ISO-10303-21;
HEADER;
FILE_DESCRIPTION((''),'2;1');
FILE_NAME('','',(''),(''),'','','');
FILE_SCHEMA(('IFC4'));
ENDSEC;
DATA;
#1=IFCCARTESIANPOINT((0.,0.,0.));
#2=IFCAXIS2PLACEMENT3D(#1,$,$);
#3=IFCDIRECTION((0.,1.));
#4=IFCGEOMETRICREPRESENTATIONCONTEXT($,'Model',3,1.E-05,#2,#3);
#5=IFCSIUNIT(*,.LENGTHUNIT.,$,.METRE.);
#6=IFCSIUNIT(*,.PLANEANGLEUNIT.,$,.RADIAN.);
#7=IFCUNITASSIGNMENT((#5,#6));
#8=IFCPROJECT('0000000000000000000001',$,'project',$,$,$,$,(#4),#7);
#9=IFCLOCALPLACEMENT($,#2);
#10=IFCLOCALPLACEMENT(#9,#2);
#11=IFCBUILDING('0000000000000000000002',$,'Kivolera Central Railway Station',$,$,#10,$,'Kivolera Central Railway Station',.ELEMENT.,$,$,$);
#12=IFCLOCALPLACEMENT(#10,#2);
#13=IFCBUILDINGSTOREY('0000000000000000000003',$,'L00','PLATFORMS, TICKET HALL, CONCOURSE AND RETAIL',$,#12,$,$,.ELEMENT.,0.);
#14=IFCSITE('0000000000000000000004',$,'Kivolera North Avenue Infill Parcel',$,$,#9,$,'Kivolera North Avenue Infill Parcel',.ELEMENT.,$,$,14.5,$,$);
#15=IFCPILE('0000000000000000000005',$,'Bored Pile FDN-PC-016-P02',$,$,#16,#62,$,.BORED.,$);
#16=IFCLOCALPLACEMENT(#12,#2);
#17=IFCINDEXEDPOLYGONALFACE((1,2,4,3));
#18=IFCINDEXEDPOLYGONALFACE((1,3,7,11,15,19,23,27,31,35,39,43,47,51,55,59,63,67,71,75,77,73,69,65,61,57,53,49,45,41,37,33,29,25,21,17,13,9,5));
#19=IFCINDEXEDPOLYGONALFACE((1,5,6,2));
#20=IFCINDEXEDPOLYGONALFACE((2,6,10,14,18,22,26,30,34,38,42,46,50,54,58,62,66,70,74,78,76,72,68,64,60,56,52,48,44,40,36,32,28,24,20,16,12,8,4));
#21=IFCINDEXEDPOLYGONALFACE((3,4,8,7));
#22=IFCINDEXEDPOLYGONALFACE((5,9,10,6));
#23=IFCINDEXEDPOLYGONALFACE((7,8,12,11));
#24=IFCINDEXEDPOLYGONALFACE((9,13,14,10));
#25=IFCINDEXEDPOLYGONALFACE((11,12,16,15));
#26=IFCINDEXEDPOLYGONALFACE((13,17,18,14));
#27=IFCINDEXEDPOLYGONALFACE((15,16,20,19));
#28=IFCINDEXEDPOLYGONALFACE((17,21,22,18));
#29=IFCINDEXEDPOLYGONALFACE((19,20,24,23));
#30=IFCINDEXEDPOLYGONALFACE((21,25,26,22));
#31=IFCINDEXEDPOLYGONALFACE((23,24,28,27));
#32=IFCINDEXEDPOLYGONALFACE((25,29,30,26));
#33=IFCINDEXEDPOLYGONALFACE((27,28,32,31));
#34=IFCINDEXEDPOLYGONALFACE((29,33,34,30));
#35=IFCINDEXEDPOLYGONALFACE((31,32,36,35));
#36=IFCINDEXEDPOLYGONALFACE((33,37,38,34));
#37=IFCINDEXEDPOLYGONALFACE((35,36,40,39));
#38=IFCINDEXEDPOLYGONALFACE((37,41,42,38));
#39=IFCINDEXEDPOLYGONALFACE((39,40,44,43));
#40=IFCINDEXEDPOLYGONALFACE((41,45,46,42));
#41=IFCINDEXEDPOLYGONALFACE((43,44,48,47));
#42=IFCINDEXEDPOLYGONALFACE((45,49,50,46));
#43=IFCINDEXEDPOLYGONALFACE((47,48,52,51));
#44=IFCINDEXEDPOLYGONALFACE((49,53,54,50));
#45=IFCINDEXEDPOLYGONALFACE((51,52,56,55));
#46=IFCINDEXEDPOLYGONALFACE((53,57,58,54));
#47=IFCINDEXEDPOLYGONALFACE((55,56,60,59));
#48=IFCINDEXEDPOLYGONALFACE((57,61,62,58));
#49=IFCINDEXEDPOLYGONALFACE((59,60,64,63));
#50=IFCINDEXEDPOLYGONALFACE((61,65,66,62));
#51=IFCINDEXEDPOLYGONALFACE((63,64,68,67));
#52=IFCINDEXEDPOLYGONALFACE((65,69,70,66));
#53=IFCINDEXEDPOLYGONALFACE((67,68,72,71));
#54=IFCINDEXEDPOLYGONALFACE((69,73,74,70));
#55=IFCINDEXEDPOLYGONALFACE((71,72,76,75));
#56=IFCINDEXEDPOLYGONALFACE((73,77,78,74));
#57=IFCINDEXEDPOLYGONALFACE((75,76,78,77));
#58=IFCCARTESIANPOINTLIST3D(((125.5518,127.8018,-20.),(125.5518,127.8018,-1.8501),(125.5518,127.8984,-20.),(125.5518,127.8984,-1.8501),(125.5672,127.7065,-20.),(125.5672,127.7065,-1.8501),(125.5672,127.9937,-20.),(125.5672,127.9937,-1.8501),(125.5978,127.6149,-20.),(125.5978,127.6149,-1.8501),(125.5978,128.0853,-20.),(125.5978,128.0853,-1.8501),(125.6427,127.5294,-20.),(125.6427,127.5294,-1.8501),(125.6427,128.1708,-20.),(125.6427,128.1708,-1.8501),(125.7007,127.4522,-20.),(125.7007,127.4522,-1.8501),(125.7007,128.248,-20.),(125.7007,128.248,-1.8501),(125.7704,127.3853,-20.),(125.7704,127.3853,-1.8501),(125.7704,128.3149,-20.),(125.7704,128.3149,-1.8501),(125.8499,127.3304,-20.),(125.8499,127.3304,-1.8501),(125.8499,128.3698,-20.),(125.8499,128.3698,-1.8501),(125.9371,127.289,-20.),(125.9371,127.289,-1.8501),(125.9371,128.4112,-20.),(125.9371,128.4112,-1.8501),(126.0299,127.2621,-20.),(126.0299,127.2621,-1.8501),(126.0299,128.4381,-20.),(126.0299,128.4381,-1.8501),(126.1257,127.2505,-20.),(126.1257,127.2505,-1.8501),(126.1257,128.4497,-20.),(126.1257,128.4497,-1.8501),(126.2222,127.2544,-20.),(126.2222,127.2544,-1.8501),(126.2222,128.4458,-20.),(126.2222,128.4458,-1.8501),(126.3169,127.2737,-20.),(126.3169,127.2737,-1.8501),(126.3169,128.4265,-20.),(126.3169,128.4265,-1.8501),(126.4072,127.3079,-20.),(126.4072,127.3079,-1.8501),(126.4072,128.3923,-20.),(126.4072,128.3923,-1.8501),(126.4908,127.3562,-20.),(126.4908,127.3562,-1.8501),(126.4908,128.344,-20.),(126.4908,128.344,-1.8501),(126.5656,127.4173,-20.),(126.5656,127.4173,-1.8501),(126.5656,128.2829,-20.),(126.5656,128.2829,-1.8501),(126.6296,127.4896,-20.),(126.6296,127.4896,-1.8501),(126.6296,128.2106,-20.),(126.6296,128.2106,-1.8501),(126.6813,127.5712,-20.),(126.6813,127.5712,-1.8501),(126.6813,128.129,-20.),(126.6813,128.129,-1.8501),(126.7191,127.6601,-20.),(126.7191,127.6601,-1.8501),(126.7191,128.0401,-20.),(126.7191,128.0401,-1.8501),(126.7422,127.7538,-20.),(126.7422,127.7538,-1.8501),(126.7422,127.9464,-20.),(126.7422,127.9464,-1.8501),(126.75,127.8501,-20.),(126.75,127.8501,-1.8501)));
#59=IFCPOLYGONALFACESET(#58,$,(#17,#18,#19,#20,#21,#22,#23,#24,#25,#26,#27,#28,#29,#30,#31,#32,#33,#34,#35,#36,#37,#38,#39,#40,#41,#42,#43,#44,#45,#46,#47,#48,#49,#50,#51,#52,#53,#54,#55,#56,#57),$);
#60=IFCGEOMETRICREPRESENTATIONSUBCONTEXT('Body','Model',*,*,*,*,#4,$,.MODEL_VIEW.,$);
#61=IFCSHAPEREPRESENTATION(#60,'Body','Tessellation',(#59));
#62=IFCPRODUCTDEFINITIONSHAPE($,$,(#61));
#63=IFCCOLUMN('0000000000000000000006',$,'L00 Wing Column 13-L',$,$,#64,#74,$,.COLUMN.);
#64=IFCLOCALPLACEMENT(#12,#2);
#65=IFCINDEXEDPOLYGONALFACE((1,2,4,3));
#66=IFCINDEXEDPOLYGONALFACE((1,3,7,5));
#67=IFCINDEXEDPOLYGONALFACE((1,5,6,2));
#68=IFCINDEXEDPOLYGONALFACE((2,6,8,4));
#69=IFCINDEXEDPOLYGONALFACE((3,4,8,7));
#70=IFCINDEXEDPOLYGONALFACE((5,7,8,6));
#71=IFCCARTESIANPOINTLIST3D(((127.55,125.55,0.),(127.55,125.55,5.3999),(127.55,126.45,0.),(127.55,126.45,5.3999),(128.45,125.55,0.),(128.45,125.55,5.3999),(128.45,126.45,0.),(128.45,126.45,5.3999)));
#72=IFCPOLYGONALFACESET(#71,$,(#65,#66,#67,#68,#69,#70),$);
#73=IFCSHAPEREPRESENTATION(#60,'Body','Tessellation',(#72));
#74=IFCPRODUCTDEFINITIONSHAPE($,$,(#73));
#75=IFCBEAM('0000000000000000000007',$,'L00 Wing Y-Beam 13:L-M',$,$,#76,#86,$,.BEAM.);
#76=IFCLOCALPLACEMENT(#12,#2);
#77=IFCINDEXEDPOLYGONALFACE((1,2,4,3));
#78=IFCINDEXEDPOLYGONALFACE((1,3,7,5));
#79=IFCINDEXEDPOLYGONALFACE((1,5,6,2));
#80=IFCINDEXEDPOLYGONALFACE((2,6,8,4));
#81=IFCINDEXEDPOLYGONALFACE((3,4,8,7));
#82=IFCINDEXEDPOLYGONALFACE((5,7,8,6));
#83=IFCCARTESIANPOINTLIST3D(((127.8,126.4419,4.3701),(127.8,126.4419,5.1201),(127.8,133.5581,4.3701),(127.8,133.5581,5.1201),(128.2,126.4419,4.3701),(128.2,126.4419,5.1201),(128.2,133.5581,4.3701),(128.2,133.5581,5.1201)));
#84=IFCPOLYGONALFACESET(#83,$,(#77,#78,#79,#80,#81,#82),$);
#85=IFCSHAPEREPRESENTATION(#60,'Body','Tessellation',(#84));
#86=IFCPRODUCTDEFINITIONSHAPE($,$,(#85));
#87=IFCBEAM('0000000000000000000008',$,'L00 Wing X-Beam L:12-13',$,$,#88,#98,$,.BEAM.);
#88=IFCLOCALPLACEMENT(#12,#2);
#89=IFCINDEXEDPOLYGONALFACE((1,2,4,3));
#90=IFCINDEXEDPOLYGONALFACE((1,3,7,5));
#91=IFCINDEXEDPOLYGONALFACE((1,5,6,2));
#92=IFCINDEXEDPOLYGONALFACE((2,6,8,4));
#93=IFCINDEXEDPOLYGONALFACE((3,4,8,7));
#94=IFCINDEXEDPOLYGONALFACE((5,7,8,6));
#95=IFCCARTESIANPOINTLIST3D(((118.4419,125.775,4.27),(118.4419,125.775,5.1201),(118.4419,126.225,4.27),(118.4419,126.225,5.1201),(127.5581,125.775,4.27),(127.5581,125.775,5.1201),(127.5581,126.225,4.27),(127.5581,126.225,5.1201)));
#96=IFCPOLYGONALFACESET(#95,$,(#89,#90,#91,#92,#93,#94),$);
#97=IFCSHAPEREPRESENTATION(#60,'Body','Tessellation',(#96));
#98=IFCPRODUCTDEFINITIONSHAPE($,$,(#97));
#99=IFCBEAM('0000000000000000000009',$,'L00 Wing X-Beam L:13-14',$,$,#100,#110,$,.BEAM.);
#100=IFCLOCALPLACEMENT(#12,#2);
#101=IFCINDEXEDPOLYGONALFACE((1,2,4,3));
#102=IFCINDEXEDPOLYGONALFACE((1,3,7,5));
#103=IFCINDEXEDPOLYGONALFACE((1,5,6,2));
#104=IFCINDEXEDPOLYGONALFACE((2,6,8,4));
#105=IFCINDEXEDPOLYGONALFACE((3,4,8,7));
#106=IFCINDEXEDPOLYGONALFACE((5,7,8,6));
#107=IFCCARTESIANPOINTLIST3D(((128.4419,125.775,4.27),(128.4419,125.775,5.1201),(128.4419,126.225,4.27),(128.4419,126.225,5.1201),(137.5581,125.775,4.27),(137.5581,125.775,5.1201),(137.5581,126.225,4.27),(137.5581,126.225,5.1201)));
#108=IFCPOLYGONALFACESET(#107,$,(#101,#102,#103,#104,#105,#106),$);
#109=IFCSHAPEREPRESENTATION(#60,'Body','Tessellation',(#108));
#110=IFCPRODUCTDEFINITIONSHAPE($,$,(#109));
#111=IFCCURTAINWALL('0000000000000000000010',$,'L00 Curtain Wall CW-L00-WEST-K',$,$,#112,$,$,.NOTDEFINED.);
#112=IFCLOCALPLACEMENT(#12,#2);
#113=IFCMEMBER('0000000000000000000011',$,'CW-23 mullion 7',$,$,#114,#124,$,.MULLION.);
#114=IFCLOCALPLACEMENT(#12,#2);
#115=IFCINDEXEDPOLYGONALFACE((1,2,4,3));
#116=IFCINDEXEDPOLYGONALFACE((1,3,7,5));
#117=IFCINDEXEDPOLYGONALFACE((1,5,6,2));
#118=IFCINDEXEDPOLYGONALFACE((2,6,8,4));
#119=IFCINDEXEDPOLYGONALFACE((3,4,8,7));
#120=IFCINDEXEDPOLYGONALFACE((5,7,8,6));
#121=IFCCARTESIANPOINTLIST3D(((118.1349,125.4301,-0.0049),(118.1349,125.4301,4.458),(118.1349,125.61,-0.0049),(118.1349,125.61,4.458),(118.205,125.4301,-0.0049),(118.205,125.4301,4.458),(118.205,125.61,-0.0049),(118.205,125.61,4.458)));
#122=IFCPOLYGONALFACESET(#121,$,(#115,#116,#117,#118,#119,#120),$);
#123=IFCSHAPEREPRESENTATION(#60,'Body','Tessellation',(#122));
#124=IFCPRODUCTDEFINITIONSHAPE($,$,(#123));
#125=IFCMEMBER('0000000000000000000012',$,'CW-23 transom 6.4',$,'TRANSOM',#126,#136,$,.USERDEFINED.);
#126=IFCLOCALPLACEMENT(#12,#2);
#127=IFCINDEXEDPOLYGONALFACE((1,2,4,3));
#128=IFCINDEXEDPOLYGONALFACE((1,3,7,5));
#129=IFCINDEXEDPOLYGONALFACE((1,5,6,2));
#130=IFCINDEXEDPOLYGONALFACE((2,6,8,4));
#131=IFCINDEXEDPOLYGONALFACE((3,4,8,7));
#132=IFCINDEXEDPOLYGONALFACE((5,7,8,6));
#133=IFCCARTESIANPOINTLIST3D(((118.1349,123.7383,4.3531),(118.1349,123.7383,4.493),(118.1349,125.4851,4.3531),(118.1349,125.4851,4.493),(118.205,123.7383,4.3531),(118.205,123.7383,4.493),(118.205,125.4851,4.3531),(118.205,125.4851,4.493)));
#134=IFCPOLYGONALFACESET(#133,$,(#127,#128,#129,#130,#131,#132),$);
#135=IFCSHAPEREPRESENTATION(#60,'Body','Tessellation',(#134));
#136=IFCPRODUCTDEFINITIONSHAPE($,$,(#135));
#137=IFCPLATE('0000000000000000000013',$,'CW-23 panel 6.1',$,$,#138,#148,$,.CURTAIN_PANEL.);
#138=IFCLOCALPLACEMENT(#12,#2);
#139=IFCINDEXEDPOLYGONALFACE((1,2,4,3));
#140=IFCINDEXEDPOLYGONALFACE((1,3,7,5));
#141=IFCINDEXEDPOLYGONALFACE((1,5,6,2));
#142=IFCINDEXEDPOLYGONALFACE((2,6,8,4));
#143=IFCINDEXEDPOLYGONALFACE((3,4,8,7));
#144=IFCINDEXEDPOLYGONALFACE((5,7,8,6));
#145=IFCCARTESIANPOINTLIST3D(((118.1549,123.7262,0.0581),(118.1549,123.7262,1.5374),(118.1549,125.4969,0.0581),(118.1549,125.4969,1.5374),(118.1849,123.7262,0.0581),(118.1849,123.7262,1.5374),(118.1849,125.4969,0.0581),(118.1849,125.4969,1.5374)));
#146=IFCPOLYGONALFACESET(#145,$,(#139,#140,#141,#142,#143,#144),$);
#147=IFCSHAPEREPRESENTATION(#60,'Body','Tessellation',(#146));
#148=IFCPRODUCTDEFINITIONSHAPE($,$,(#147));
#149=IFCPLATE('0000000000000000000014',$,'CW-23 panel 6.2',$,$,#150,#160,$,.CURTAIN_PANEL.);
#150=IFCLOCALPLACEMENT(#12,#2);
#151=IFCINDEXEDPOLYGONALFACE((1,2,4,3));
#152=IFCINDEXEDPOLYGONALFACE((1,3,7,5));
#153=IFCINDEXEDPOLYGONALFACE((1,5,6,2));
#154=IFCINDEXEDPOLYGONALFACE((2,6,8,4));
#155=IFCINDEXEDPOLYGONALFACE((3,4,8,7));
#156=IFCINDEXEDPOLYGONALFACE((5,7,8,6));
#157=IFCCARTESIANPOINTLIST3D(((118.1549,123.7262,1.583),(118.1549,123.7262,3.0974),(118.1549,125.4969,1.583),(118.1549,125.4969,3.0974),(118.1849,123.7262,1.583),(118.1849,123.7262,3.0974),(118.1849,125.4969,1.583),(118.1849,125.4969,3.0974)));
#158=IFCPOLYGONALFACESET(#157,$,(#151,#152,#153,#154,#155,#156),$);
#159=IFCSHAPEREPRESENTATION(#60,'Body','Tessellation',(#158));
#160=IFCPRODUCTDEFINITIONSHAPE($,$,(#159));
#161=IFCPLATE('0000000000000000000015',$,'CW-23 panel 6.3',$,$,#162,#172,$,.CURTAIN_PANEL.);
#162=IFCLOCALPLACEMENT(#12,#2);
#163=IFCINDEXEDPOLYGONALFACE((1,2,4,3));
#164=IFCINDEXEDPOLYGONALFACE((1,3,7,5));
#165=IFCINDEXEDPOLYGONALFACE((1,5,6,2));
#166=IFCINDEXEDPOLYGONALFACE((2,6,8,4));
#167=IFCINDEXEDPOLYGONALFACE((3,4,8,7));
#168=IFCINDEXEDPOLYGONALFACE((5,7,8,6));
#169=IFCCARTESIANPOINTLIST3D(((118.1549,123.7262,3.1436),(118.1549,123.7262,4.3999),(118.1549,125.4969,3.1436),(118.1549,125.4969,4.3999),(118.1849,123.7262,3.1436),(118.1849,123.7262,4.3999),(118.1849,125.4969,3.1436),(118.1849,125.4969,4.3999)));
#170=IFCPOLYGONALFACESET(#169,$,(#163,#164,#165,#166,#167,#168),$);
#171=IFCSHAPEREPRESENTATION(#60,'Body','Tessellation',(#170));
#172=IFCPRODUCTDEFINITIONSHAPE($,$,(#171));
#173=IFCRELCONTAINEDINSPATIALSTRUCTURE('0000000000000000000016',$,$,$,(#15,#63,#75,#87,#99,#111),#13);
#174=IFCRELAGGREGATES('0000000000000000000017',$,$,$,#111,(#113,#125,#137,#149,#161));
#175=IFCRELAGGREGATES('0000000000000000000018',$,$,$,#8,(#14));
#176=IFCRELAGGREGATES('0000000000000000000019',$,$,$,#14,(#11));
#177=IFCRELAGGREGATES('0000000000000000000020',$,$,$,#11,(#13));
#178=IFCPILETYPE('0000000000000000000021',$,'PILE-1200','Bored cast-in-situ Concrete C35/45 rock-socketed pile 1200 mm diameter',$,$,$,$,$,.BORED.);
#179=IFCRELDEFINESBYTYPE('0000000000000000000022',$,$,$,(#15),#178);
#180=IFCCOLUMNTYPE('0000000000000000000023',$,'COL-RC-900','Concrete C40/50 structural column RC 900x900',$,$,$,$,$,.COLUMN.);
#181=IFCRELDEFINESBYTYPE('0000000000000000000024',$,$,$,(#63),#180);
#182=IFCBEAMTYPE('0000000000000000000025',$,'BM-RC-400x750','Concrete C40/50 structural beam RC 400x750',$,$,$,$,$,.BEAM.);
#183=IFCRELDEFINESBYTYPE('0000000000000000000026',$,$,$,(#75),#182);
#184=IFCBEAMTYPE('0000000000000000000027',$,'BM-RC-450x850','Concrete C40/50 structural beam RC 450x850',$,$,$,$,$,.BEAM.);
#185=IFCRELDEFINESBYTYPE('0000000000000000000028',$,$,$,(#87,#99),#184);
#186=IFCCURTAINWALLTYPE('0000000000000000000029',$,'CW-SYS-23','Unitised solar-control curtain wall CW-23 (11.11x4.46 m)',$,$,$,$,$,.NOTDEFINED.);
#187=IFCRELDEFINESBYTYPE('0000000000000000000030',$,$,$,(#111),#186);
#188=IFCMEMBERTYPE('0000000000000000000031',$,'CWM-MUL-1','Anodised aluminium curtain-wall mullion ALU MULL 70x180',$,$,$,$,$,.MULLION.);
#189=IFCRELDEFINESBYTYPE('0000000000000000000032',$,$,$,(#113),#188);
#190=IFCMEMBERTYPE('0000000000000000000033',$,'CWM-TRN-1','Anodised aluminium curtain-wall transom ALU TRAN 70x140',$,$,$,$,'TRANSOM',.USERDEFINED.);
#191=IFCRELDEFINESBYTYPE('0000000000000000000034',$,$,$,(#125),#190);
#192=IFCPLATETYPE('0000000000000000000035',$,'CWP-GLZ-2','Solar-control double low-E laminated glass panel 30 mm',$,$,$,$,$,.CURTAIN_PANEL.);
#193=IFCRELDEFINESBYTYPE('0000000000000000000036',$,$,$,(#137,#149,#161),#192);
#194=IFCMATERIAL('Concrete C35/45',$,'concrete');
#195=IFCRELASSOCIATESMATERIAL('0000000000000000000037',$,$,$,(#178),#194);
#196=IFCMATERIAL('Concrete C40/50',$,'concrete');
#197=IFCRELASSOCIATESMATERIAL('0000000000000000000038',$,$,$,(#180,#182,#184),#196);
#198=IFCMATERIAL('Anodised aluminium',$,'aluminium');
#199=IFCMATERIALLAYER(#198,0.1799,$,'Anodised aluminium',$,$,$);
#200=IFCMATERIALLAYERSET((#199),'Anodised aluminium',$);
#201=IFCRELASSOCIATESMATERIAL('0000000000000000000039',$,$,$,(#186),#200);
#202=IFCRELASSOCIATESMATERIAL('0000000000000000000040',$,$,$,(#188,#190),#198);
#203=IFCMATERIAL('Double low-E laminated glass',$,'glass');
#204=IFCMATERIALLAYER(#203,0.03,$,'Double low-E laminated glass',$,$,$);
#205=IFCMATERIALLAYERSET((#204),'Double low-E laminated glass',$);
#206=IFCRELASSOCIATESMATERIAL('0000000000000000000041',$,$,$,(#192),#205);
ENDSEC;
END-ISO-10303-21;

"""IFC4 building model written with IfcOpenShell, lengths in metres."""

from ifc_helpers import new_model, si_unit, direction, frame, origin, origin_2d, place, context, subcontext, project, spatial, rectangle, circle, extrude, material, layer, layer_set, material_profile, profile_set, type_object, element, aggregate, save


model = new_model("IFC4")

# Units and contexts
model_context = context("Model", 3, precision=1e-05, world=origin(), true_north=direction((0.0, 1.0)))
body_context = subcontext(model_context, "Body", "Model", "MODEL_VIEW")
ifc_project = project(units=[si_unit("LENGTHUNIT", "METRE"), si_unit("PLANEANGLEUNIT", "RADIAN")], contexts=[model_context])

# Site, building, storey
site_placement = place(None, origin())
site = spatial("IfcSite", under=ifc_project, at=site_placement, Name="Kivolera North Avenue Infill Parcel", LongName="Kivolera North Avenue Infill Parcel", CompositionType="ELEMENT", RefElevation=14.5)
building_placement = place(site_placement, origin())
building = spatial("IfcBuilding", under=site, at=building_placement, Name="Kivolera Central Railway Station", LongName="Kivolera Central Railway Station", CompositionType="ELEMENT")
storey_placement = place(building_placement, origin())
storey = spatial("IfcBuildingStorey", under=building, at=storey_placement, Name="L00", Description="PLATFORMS, TICKET HALL, CONCOURSE AND RETAIL", CompositionType="ELEMENT", Elevation=0.0)

# Shared definitions
ifc_material_1 = material(Name="Concrete C35/45", Category="concrete")

# Pile
ifc_material_profile_1 = material_profile(ifc_material_1, circle(Radius=0.6001, at=origin_2d()), Name="PILE D1200")
ifc_profile_set_1 = profile_set([ifc_material_profile_1], Name="Concrete C35/45")
pile_type = type_object("IfcPileType", Name="PILE-1200", Description="Bored cast-in-situ Concrete C35/45 rock-socketed pile 1200 mm diameter", PredefinedType="BORED", material=ifc_profile_set_1)
for number, where, z_axis, x_axis, name in (
    (1, (126.1499, 127.8501, -1.8501), (0.0, 0.0, -1.0), (1.0, 0.0, 0.0), "Bored Pile FDN-PC-016-P02"),
):
    element("IfcPile", number, at=place(storey_placement, frame(where, z_axis=z_axis, x_axis=x_axis)), inside=storey, type_object=pile_type, Name=name, PredefinedType="BORED", context=body_context, shape_type="SweptSolid", body=[
        extrude(circle(Radius=0.6001, at=origin_2d()), origin(), (0.0, 0.0, 1.0), 18.1499),
    ])

# Column
ifc_material_2 = material(Name="Concrete C40/50", Category="concrete")
ifc_material_profile_2 = material_profile(ifc_material_2, rectangle(XDim=0.8999, YDim=0.8999, at=origin_2d()), Name="RC 900x900")
ifc_profile_set_2 = profile_set([ifc_material_profile_2], Name="Concrete C40/50")
column_type = type_object("IfcColumnType", Name="COL-RC-900", Description="Concrete C40/50 structural column RC 900x900", PredefinedType="COLUMN", material=ifc_profile_set_2)
column_placement = place(storey_placement, frame((128.0, 126.0, 0.0), z_axis=(0.0, 0.0, 1.0), x_axis=(1.0, 0.0, 0.0)))
element("IfcColumn", 2, at=column_placement, inside=storey, type_object=column_type, Name="L00 Wing Column 13-L", PredefinedType="COLUMN", context=body_context, shape_type="SweptSolid", body=[
    extrude(rectangle(XDim=0.8999, YDim=0.8999, at=origin_2d()), origin(), (0.0, 0.0, 1.0), 5.3999),
])

# Beams
ifc_material_profile_3 = material_profile(ifc_material_2, rectangle(XDim=0.3999, YDim=0.75, at=origin_2d()), Name="RC 400x750")
ifc_profile_set_3 = profile_set([ifc_material_profile_3], Name="Concrete C40/50")
beam_type_1 = type_object("IfcBeamType", Name="BM-RC-400x750", Description="Concrete C40/50 structural beam RC 400x750", PredefinedType="BEAM", material=ifc_profile_set_3)
beam_placement = place(storey_placement, frame((128.0, 126.4419, 4.7451), z_axis=(0.0, 1.0, 0.0), x_axis=(-1.0, 0.0, 0.0)))
element("IfcBeam", 3, at=beam_placement, inside=storey, type_object=beam_type_1, Name="L00 Wing Y-Beam 13:L-M", PredefinedType="BEAM", context=body_context, shape_type="SweptSolid", body=[
    extrude(rectangle(XDim=0.3999, YDim=0.75, at=origin_2d()), origin(), (0.0, 0.0, 1.0), 7.1162),
])
ifc_material_profile_4 = material_profile(ifc_material_2, rectangle(XDim=0.45, YDim=0.8501, at=origin_2d()), Name="RC 450x850")
ifc_profile_set_4 = profile_set([ifc_material_profile_4], Name="Concrete C40/50")
beam_type_2 = type_object("IfcBeamType", Name="BM-RC-450x850", Description="Concrete C40/50 structural beam RC 450x850", PredefinedType="BEAM", material=ifc_profile_set_4)
for number, where, z_axis, x_axis, name in (
    (4, (118.4419, 126.0, 4.6951), (1.0, 0.0, 0.0), (0.0, 1.0, 0.0), "L00 Wing X-Beam L:12-13"),
    (5, (128.4419, 126.0, 4.6951), (1.0, 0.0, 0.0), (0.0, 1.0, 0.0), "L00 Wing X-Beam L:13-14"),
):
    element("IfcBeam", number, at=place(storey_placement, frame(where, z_axis=z_axis, x_axis=x_axis)), inside=storey, type_object=beam_type_2, Name=name, PredefinedType="BEAM", context=body_context, shape_type="SweptSolid", body=[
        extrude(rectangle(XDim=0.45, YDim=0.8501, at=origin_2d()), origin(), (0.0, 0.0, 1.0), 9.1162),
    ])

# Curtain wall, members, plates
ifc_material_3 = material(Name="Anodised aluminium", Category="aluminium")
ifc_layer_1 = layer(ifc_material_3, 0.1799, Name="Anodised aluminium")
ifc_layer_set_1 = layer_set([ifc_layer_1], Name="Anodised aluminium")
curtain_wall_type = type_object("IfcCurtainWallType", Name="CW-SYS-23", Description="Unitised solar-control curtain wall CW-23 (11.11x4.46 m)", PredefinedType="NOTDEFINED", material=ifc_layer_set_1)
curtain_wall_placement = place(storey_placement, origin())
curtain_wall = element("IfcCurtainWall", 6, at=curtain_wall_placement, inside=storey, type_object=curtain_wall_type, Name="L00 Curtain Wall CW-L00-WEST-K", PredefinedType="NOTDEFINED")
ifc_material_profile_5 = material_profile(ifc_material_3, rectangle(XDim=0.0701, YDim=0.1799, at=origin_2d()), Name="ALU MULL 70x180")
ifc_profile_set_5 = profile_set([ifc_material_profile_5], Name="Anodised aluminium")
member_type_1 = type_object("IfcMemberType", Name="CWM-MUL-1", Description="Anodised aluminium curtain-wall mullion ALU MULL 70x180", PredefinedType="MULLION", material=ifc_profile_set_5)
member_1_placement = place(storey_placement, frame((118.1699, 125.52, -0.0049), z_axis=(0.0, 0.0, 1.0), x_axis=(-1.0, 0.0, 0.0)))
member_1 = element("IfcMember", 7, at=member_1_placement, type_object=member_type_1, Name="CW-23 mullion 7", PredefinedType="MULLION", context=body_context, shape_type="SweptSolid", body=[
    extrude(rectangle(XDim=0.0701, YDim=0.1799, at=origin_2d()), origin(), (0.0, 0.0, 1.0), 4.4629),
])
ifc_material_profile_6 = material_profile(ifc_material_3, rectangle(XDim=0.0701, YDim=0.1399, at=origin_2d()), Name="ALU TRAN 70x140")
ifc_profile_set_6 = profile_set([ifc_material_profile_6], Name="Anodised aluminium")
member_type_2 = type_object("IfcMemberType", Name="CWM-TRN-1", Description="Anodised aluminium curtain-wall transom ALU TRAN 70x140", ElementType="TRANSOM", PredefinedType="USERDEFINED", material=ifc_profile_set_6)
member_2_placement = place(storey_placement, frame((118.1699, 123.7383, 4.4231), z_axis=(0.0, 1.0, 0.0), x_axis=(-1.0, 0.0, 0.0)))
member_2 = element("IfcMember", 8, at=member_2_placement, type_object=member_type_2, Name="CW-23 transom 6.4", ObjectType="TRANSOM", PredefinedType="USERDEFINED", context=body_context, shape_type="SweptSolid", body=[
    extrude(rectangle(XDim=0.0701, YDim=0.1399, at=origin_2d()), origin(), (0.0, 0.0, 1.0), 1.7468),
])
ifc_material_4 = material(Name="Double low-E laminated glass", Category="glass")
ifc_layer_2 = layer(ifc_material_4, 0.03, Name="Double low-E laminated glass")
ifc_layer_set_2 = layer_set([ifc_layer_2], Name="Double low-E laminated glass")
plate_type = type_object("IfcPlateType", Name="CWP-GLZ-2", Description="Solar-control double low-E laminated glass panel 30 mm", PredefinedType="CURTAIN_PANEL", material=ifc_layer_set_2)
plate_1_placement = place(storey_placement, frame((118.1699, 124.6116, 0.0581), z_axis=(0.0, 0.0, 1.0), x_axis=(0.0, 1.0, 0.0)))
plate_1 = element("IfcPlate", 9, at=plate_1_placement, type_object=plate_type, Name="CW-23 panel 6.1", PredefinedType="CURTAIN_PANEL", context=body_context, shape_type="SweptSolid", body=[
    extrude(rectangle(XDim=1.7708, YDim=0.03, at=origin_2d()), origin(), (0.0, 0.0, 1.0), 1.4792),
])
plate_2_placement = place(storey_placement, frame((118.1699, 124.6116, 1.583), z_axis=(0.0, 0.0, 1.0), x_axis=(0.0, 1.0, 0.0)))
plate_2 = element("IfcPlate", 10, at=plate_2_placement, type_object=plate_type, Name="CW-23 panel 6.2", PredefinedType="CURTAIN_PANEL", context=body_context, shape_type="SweptSolid", body=[
    extrude(rectangle(XDim=1.7708, YDim=0.03, at=origin_2d()), origin(), (0.0, 0.0, 1.0), 1.5144),
])
plate_3_placement = place(storey_placement, frame((118.1699, 124.6116, 3.1436), z_axis=(0.0, 0.0, 1.0), x_axis=(0.0, 1.0, 0.0)))
plate_3 = element("IfcPlate", 11, at=plate_3_placement, type_object=plate_type, Name="CW-23 panel 6.3", PredefinedType="CURTAIN_PANEL", context=body_context, shape_type="SweptSolid", body=[
    extrude(rectangle(XDim=1.7708, YDim=0.03, at=origin_2d()), origin(), (0.0, 0.0, 1.0), 1.2563),
])
aggregate(curtain_wall, [member_1, member_2, plate_1, plate_2, plate_3])

save(model, "model.ifc")
